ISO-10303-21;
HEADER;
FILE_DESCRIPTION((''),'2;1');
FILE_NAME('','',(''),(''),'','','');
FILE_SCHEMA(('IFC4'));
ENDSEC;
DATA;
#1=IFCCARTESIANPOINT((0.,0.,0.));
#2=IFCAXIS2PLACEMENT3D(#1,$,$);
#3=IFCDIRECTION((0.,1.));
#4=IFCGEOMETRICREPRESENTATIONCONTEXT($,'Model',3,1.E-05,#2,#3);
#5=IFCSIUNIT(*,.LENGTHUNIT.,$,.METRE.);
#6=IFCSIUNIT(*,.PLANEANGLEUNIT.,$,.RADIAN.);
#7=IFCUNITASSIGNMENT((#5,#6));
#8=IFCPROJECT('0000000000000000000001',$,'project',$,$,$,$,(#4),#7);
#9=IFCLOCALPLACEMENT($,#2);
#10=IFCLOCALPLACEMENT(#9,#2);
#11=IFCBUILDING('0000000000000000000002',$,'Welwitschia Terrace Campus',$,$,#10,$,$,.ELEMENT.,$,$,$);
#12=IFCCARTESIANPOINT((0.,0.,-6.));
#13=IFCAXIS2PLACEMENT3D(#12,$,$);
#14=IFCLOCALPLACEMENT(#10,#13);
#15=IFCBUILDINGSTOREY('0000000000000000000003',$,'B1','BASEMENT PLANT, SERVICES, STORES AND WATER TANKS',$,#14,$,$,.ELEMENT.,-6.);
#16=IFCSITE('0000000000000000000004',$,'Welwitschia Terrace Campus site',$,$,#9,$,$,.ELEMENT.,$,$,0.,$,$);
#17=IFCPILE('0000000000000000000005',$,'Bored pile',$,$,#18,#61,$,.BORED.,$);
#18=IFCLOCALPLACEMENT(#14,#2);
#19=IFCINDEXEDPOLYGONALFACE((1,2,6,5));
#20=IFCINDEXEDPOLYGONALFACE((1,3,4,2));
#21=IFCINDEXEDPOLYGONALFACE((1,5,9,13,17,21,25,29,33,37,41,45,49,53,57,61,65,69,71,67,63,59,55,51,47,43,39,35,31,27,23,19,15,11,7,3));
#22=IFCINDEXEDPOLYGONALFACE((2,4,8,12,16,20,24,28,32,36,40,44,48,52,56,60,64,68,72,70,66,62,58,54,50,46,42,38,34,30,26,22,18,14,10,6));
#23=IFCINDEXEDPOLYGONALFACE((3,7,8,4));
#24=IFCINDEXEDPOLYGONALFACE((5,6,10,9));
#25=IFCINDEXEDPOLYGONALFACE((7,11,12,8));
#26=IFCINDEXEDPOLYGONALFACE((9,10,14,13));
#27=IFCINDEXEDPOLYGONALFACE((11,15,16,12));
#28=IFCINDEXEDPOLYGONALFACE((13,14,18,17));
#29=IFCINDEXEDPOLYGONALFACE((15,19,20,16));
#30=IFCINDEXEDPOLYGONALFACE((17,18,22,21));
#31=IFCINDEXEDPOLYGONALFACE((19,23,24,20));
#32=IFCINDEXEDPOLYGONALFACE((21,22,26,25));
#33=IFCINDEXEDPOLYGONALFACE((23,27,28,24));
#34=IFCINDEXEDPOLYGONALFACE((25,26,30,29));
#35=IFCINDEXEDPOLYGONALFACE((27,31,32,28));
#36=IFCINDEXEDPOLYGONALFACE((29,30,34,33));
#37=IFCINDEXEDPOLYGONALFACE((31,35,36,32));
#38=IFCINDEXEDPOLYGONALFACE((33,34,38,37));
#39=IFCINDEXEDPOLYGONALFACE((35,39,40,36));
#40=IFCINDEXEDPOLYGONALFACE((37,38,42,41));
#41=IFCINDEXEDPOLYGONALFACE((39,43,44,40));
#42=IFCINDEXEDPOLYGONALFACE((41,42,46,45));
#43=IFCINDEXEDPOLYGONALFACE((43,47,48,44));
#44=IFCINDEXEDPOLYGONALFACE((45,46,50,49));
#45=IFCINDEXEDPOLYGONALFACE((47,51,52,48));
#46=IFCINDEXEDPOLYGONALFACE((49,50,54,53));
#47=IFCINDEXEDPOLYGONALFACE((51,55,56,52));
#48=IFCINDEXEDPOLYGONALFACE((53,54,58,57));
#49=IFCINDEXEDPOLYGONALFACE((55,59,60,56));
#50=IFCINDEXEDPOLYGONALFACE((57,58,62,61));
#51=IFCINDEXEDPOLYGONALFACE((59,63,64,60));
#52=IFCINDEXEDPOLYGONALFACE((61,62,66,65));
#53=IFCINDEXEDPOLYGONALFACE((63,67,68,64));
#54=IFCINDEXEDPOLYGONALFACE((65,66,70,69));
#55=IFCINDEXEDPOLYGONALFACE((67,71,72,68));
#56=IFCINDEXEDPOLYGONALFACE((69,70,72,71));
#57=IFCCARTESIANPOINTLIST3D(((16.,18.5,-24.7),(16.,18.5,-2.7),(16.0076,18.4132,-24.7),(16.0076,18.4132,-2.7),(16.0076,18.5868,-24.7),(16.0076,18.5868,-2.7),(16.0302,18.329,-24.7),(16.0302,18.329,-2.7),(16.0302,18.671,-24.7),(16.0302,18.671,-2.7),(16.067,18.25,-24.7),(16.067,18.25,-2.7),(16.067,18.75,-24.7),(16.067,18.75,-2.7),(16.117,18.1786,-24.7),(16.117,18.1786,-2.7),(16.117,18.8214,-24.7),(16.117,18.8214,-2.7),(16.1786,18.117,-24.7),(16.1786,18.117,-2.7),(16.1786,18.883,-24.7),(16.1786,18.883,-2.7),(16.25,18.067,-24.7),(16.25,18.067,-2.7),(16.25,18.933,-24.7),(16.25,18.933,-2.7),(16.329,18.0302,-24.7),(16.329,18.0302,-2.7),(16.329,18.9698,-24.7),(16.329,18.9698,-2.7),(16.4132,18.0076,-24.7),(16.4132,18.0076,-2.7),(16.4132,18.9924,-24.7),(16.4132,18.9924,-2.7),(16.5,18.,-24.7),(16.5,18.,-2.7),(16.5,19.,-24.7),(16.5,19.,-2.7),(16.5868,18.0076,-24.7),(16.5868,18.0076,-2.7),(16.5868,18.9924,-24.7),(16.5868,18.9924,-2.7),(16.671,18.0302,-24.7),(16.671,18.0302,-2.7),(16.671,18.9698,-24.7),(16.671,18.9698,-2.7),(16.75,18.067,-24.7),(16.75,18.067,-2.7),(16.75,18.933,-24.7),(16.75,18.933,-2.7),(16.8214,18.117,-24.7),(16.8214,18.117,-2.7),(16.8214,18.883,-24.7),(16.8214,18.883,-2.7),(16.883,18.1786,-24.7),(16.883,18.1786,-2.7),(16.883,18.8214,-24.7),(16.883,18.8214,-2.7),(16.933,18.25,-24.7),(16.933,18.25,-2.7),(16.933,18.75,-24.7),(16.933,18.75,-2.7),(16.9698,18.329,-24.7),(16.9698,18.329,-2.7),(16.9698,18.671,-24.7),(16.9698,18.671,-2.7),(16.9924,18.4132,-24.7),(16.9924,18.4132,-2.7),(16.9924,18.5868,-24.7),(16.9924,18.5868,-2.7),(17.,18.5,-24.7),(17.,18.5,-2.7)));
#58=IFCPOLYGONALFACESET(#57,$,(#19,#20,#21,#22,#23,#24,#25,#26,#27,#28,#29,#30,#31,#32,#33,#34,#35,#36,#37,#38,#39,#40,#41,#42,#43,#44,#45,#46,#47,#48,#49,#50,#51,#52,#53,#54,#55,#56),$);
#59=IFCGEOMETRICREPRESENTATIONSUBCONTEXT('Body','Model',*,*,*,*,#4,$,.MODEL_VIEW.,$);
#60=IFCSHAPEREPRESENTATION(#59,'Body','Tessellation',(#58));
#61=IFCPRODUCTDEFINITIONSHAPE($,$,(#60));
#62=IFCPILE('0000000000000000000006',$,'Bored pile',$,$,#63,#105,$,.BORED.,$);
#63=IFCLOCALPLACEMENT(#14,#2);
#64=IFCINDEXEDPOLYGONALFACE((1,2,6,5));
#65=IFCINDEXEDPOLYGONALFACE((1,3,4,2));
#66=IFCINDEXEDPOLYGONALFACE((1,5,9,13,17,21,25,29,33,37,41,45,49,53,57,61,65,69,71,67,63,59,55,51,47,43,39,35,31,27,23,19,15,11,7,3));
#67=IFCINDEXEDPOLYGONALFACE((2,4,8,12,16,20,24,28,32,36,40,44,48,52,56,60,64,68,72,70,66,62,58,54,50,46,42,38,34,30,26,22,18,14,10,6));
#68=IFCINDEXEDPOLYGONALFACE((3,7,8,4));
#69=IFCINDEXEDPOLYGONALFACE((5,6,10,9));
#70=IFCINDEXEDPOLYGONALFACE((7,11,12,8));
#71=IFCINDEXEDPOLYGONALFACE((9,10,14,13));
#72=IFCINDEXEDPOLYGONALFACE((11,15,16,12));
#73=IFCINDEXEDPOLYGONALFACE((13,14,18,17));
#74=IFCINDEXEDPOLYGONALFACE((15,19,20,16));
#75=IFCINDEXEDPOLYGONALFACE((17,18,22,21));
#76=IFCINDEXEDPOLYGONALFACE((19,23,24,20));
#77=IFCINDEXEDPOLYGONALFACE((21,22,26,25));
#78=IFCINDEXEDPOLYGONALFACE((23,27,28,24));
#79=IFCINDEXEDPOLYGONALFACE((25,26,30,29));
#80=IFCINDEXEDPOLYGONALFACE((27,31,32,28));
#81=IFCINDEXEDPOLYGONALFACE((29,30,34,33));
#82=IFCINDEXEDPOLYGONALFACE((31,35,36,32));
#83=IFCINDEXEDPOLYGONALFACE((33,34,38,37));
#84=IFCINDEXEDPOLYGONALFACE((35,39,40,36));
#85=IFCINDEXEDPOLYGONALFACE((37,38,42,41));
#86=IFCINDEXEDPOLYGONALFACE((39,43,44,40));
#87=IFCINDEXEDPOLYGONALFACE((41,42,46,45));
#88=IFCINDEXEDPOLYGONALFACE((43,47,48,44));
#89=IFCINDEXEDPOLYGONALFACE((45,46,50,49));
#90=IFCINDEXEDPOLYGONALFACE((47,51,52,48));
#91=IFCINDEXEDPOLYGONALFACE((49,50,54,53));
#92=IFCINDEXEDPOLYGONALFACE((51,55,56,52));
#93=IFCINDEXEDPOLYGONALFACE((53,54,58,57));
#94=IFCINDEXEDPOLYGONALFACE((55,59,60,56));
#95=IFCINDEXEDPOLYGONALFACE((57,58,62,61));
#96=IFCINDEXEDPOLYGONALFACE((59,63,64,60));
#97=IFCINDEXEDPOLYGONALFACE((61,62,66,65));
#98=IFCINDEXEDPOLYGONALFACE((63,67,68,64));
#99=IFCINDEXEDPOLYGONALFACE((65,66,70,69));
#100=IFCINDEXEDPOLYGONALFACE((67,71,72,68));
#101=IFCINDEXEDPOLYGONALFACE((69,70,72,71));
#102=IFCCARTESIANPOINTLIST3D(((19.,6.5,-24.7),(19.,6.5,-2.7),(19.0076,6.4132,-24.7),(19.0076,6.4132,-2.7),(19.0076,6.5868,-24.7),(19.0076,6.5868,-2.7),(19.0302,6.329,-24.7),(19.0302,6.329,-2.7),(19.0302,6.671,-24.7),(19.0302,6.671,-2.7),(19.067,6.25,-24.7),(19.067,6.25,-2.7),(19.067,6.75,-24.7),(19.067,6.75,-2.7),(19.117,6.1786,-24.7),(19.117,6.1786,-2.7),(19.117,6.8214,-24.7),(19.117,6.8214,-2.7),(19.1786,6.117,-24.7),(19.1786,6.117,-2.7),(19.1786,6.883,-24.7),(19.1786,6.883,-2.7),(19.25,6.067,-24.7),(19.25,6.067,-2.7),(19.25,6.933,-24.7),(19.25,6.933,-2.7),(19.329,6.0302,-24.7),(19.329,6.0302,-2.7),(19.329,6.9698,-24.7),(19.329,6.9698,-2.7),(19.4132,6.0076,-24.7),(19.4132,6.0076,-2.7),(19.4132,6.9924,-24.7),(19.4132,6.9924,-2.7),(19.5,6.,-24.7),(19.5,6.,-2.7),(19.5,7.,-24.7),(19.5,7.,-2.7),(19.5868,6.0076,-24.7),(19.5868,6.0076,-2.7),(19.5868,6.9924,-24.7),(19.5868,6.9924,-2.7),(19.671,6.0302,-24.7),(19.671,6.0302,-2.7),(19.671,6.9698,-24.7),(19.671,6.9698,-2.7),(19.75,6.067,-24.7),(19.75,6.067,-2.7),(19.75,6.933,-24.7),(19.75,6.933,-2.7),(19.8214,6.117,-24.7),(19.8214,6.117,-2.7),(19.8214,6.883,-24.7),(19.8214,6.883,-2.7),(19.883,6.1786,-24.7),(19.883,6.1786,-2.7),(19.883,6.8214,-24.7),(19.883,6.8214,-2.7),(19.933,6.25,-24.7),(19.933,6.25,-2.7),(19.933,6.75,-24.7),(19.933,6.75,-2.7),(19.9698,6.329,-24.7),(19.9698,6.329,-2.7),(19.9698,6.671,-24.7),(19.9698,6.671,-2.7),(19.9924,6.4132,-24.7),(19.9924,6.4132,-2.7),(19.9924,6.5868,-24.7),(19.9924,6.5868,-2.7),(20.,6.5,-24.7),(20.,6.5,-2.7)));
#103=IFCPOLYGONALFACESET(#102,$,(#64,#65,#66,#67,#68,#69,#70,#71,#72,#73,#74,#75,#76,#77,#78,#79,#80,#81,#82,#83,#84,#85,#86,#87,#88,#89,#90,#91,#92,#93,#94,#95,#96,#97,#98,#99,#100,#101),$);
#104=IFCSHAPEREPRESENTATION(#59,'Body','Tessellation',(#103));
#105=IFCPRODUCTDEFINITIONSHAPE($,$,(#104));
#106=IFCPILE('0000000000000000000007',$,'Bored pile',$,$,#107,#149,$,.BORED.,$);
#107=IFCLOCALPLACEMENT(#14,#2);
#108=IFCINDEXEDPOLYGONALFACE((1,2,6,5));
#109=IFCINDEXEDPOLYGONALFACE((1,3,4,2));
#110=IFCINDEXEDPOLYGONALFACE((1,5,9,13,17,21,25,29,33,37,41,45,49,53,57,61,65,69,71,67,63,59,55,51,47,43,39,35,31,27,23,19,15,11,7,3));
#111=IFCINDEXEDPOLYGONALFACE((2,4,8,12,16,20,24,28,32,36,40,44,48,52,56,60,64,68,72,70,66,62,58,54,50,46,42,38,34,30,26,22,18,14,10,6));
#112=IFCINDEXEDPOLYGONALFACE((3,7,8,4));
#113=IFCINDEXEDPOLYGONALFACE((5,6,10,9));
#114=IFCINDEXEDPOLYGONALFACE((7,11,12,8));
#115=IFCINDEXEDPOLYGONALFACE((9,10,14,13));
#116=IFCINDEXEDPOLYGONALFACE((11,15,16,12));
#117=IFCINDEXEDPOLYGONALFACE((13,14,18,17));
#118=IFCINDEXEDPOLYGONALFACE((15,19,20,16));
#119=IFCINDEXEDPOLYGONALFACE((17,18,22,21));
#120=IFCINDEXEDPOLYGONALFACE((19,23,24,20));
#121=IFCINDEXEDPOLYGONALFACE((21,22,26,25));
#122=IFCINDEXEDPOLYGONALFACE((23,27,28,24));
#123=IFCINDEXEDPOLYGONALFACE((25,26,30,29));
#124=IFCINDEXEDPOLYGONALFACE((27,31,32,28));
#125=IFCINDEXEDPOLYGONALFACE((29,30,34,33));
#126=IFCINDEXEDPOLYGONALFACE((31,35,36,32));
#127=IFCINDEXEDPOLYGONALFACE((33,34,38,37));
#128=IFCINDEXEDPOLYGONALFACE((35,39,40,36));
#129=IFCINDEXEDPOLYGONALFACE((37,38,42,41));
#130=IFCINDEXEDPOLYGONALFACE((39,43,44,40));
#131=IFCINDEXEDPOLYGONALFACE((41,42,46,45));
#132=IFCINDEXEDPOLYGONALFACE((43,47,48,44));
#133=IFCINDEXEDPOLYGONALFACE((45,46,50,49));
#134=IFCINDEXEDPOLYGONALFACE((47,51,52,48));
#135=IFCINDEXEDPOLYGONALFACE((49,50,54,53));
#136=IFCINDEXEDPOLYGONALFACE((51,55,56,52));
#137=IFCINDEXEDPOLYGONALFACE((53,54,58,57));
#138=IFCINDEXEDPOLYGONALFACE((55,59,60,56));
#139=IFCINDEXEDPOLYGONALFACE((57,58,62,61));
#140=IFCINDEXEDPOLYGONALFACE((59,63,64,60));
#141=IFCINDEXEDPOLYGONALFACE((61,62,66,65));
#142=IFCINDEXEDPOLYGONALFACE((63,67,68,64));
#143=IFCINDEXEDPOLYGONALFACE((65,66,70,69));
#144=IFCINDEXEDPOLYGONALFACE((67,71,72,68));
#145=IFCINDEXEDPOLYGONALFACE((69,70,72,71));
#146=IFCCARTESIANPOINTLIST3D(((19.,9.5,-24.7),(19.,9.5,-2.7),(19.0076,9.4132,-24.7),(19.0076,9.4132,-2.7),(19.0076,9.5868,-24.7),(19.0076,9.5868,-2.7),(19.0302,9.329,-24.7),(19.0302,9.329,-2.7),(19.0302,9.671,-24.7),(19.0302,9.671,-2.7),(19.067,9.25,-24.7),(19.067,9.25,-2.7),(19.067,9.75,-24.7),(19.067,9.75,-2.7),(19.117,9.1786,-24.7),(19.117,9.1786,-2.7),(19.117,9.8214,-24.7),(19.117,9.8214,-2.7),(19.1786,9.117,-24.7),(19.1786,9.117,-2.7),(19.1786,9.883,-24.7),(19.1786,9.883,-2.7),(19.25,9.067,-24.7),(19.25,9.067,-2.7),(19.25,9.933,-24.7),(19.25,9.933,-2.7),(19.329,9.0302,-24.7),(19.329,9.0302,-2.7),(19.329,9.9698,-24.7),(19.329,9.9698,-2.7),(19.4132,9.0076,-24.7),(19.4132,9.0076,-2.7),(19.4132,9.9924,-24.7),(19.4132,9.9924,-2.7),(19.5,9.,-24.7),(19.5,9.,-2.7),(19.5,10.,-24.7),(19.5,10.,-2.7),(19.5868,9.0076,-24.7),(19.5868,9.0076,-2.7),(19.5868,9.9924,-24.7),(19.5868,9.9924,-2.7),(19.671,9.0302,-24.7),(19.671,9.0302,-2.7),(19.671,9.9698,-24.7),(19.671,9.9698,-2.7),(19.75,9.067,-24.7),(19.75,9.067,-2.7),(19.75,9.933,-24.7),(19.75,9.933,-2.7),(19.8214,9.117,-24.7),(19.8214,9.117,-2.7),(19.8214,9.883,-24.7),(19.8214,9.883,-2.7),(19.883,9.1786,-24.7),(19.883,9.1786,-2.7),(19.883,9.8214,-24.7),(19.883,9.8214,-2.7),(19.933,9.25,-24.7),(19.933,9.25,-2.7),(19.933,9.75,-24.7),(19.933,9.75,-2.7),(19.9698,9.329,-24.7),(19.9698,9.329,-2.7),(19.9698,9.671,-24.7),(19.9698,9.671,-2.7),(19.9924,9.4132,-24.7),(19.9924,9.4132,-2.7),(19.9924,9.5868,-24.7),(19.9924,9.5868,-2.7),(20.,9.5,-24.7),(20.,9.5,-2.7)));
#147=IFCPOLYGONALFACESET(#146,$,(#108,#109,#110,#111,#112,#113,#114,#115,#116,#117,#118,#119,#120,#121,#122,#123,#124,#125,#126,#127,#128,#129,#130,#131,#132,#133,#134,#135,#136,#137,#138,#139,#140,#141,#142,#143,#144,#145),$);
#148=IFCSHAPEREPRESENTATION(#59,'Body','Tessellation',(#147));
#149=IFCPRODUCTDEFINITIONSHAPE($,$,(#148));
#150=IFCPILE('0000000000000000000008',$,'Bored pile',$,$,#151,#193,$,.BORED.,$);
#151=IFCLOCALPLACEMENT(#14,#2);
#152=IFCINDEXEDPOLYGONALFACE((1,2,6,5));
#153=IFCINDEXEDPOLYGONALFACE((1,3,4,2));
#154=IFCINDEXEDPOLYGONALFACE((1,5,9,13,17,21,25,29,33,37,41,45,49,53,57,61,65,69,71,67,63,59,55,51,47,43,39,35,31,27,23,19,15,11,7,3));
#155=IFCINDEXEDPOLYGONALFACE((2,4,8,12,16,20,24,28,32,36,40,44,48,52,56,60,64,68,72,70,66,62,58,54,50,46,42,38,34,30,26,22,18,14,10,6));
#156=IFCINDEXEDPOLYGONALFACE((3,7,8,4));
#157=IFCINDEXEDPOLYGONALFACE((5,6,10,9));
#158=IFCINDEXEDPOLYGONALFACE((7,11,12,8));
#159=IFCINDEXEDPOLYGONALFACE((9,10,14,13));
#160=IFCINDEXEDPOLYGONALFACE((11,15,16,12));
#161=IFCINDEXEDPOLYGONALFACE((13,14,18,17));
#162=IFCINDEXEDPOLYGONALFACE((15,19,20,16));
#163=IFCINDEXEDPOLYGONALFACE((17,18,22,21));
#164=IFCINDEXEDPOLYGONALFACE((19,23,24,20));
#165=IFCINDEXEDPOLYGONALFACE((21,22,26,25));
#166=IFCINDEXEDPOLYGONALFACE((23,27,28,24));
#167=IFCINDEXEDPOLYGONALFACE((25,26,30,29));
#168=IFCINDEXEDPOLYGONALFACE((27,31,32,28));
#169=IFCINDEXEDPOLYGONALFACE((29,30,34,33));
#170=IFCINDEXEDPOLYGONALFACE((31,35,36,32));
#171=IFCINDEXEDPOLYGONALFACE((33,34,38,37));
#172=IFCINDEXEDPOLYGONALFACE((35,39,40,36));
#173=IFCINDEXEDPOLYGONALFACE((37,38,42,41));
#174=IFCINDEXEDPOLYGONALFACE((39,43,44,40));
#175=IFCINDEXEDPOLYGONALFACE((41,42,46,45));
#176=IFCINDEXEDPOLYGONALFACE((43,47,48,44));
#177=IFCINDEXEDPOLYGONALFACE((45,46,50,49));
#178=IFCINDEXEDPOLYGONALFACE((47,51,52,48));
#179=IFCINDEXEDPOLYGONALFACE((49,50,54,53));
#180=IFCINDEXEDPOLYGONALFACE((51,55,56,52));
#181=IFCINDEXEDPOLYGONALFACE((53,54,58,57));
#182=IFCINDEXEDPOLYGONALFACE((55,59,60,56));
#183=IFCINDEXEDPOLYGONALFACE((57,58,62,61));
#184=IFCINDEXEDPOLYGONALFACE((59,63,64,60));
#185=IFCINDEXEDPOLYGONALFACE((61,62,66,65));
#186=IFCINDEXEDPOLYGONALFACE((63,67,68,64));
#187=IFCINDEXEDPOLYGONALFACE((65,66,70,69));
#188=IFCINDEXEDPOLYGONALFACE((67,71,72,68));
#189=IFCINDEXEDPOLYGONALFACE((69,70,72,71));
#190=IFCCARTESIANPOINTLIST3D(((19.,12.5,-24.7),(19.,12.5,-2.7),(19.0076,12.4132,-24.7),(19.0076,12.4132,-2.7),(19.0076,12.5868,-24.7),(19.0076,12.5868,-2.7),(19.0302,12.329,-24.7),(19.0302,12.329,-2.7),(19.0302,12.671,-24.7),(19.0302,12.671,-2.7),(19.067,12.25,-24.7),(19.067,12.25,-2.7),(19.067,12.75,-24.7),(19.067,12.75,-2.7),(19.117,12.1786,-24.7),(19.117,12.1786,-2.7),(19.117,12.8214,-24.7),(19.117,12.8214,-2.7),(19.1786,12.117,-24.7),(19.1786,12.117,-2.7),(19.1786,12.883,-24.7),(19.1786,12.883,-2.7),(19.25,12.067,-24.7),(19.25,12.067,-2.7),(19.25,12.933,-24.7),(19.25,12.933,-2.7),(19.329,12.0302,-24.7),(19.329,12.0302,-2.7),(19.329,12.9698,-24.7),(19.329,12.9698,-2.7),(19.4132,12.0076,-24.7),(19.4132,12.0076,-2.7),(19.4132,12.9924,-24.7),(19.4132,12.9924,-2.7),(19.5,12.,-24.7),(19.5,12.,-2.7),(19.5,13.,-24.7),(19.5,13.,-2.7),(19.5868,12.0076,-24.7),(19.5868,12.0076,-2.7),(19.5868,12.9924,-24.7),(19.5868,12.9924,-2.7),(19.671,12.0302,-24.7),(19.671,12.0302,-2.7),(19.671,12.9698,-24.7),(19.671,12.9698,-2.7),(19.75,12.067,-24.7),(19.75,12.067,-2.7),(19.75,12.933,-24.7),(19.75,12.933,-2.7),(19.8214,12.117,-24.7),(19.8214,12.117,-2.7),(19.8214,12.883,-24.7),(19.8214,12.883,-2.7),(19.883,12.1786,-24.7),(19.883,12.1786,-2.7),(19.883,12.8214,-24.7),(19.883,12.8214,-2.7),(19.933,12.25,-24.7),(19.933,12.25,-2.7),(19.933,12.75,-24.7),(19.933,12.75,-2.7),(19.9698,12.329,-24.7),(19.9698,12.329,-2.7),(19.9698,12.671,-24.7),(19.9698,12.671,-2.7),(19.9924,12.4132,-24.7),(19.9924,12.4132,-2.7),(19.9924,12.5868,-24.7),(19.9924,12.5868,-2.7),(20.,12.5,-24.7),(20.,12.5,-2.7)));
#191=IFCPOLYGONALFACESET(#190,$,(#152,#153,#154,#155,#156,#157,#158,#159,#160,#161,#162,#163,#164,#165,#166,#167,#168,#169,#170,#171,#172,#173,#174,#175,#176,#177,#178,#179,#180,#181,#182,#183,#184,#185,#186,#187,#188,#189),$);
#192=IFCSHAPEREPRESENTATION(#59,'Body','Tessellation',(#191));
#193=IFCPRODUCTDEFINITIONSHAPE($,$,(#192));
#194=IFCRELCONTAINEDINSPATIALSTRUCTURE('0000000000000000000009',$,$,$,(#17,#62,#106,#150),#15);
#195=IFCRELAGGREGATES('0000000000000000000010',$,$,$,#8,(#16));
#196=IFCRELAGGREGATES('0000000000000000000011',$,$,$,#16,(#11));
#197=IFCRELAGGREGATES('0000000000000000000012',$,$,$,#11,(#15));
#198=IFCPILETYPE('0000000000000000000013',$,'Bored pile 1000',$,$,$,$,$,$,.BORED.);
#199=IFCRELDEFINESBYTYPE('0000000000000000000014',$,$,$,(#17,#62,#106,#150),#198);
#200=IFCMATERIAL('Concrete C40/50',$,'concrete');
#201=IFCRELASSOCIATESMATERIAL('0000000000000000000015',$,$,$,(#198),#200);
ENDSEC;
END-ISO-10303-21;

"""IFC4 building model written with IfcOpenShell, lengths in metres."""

from ifc_helpers import new_model, si_unit, direction, frame, origin, origin_2d, place, context, subcontext, project, spatial, circle, extrude, material, type_object, element, save


model = new_model("IFC4")

# Units and contexts
model_context = context("Model", 3, precision=1e-05, world=origin(), true_north=direction((0.0, 1.0)))
body_context = subcontext(model_context, "Body", "Model", "MODEL_VIEW")
ifc_project = project(units=[si_unit("LENGTHUNIT", "METRE"), si_unit("PLANEANGLEUNIT", "RADIAN")], contexts=[model_context])

# Site, building, storey
site_placement = place(None, origin())
site = spatial("IfcSite", under=ifc_project, at=site_placement, Name="Welwitschia Terrace Campus site", CompositionType="ELEMENT", RefElevation=0.0)
building_placement = place(site_placement, origin())
building = spatial("IfcBuilding", under=site, at=building_placement, Name="Welwitschia Terrace Campus", CompositionType="ELEMENT")
storey_placement = place(building_placement, frame((0.0, 0.0, -6.0)))
storey = spatial("IfcBuildingStorey", under=building, at=storey_placement, Name="B1", Description="BASEMENT PLANT, SERVICES, STORES AND WATER TANKS", CompositionType="ELEMENT", Elevation=-6.0)

# Piles
ifc_material_1 = material(Name="Concrete C40/50", Category="concrete")
pile_type = type_object("IfcPileType", Name="Bored pile 1000", PredefinedType="BORED", material=ifc_material_1)
for number, where, z_axis, x_axis, name in (
    (1, (16.5, 18.5, -2.7), (0.0, 0.0, -1.0), (1.0, 0.0, 0.0), "Bored pile"),
    (2, (19.5, 6.5, -2.7), (0.0, 0.0, -1.0), (1.0, 0.0, 0.0), "Bored pile"),
    (3, (19.5, 9.5, -2.7), (0.0, 0.0, -1.0), (1.0, 0.0, 0.0), "Bored pile"),
    (4, (19.5, 12.5, -2.7), (0.0, 0.0, -1.0), (1.0, 0.0, 0.0), "Bored pile"),
):
    element("IfcPile", number, at=place(storey_placement, frame(where, z_axis=z_axis, x_axis=x_axis)), inside=storey, type_object=pile_type, Name=name, PredefinedType="BORED", context=body_context, shape_type="SweptSolid", body=[
        extrude(circle(Radius=0.5, at=origin_2d()), origin(), (0.0, 0.0, 1.0), 22.0),
    ])

save(model, "model.ifc")
